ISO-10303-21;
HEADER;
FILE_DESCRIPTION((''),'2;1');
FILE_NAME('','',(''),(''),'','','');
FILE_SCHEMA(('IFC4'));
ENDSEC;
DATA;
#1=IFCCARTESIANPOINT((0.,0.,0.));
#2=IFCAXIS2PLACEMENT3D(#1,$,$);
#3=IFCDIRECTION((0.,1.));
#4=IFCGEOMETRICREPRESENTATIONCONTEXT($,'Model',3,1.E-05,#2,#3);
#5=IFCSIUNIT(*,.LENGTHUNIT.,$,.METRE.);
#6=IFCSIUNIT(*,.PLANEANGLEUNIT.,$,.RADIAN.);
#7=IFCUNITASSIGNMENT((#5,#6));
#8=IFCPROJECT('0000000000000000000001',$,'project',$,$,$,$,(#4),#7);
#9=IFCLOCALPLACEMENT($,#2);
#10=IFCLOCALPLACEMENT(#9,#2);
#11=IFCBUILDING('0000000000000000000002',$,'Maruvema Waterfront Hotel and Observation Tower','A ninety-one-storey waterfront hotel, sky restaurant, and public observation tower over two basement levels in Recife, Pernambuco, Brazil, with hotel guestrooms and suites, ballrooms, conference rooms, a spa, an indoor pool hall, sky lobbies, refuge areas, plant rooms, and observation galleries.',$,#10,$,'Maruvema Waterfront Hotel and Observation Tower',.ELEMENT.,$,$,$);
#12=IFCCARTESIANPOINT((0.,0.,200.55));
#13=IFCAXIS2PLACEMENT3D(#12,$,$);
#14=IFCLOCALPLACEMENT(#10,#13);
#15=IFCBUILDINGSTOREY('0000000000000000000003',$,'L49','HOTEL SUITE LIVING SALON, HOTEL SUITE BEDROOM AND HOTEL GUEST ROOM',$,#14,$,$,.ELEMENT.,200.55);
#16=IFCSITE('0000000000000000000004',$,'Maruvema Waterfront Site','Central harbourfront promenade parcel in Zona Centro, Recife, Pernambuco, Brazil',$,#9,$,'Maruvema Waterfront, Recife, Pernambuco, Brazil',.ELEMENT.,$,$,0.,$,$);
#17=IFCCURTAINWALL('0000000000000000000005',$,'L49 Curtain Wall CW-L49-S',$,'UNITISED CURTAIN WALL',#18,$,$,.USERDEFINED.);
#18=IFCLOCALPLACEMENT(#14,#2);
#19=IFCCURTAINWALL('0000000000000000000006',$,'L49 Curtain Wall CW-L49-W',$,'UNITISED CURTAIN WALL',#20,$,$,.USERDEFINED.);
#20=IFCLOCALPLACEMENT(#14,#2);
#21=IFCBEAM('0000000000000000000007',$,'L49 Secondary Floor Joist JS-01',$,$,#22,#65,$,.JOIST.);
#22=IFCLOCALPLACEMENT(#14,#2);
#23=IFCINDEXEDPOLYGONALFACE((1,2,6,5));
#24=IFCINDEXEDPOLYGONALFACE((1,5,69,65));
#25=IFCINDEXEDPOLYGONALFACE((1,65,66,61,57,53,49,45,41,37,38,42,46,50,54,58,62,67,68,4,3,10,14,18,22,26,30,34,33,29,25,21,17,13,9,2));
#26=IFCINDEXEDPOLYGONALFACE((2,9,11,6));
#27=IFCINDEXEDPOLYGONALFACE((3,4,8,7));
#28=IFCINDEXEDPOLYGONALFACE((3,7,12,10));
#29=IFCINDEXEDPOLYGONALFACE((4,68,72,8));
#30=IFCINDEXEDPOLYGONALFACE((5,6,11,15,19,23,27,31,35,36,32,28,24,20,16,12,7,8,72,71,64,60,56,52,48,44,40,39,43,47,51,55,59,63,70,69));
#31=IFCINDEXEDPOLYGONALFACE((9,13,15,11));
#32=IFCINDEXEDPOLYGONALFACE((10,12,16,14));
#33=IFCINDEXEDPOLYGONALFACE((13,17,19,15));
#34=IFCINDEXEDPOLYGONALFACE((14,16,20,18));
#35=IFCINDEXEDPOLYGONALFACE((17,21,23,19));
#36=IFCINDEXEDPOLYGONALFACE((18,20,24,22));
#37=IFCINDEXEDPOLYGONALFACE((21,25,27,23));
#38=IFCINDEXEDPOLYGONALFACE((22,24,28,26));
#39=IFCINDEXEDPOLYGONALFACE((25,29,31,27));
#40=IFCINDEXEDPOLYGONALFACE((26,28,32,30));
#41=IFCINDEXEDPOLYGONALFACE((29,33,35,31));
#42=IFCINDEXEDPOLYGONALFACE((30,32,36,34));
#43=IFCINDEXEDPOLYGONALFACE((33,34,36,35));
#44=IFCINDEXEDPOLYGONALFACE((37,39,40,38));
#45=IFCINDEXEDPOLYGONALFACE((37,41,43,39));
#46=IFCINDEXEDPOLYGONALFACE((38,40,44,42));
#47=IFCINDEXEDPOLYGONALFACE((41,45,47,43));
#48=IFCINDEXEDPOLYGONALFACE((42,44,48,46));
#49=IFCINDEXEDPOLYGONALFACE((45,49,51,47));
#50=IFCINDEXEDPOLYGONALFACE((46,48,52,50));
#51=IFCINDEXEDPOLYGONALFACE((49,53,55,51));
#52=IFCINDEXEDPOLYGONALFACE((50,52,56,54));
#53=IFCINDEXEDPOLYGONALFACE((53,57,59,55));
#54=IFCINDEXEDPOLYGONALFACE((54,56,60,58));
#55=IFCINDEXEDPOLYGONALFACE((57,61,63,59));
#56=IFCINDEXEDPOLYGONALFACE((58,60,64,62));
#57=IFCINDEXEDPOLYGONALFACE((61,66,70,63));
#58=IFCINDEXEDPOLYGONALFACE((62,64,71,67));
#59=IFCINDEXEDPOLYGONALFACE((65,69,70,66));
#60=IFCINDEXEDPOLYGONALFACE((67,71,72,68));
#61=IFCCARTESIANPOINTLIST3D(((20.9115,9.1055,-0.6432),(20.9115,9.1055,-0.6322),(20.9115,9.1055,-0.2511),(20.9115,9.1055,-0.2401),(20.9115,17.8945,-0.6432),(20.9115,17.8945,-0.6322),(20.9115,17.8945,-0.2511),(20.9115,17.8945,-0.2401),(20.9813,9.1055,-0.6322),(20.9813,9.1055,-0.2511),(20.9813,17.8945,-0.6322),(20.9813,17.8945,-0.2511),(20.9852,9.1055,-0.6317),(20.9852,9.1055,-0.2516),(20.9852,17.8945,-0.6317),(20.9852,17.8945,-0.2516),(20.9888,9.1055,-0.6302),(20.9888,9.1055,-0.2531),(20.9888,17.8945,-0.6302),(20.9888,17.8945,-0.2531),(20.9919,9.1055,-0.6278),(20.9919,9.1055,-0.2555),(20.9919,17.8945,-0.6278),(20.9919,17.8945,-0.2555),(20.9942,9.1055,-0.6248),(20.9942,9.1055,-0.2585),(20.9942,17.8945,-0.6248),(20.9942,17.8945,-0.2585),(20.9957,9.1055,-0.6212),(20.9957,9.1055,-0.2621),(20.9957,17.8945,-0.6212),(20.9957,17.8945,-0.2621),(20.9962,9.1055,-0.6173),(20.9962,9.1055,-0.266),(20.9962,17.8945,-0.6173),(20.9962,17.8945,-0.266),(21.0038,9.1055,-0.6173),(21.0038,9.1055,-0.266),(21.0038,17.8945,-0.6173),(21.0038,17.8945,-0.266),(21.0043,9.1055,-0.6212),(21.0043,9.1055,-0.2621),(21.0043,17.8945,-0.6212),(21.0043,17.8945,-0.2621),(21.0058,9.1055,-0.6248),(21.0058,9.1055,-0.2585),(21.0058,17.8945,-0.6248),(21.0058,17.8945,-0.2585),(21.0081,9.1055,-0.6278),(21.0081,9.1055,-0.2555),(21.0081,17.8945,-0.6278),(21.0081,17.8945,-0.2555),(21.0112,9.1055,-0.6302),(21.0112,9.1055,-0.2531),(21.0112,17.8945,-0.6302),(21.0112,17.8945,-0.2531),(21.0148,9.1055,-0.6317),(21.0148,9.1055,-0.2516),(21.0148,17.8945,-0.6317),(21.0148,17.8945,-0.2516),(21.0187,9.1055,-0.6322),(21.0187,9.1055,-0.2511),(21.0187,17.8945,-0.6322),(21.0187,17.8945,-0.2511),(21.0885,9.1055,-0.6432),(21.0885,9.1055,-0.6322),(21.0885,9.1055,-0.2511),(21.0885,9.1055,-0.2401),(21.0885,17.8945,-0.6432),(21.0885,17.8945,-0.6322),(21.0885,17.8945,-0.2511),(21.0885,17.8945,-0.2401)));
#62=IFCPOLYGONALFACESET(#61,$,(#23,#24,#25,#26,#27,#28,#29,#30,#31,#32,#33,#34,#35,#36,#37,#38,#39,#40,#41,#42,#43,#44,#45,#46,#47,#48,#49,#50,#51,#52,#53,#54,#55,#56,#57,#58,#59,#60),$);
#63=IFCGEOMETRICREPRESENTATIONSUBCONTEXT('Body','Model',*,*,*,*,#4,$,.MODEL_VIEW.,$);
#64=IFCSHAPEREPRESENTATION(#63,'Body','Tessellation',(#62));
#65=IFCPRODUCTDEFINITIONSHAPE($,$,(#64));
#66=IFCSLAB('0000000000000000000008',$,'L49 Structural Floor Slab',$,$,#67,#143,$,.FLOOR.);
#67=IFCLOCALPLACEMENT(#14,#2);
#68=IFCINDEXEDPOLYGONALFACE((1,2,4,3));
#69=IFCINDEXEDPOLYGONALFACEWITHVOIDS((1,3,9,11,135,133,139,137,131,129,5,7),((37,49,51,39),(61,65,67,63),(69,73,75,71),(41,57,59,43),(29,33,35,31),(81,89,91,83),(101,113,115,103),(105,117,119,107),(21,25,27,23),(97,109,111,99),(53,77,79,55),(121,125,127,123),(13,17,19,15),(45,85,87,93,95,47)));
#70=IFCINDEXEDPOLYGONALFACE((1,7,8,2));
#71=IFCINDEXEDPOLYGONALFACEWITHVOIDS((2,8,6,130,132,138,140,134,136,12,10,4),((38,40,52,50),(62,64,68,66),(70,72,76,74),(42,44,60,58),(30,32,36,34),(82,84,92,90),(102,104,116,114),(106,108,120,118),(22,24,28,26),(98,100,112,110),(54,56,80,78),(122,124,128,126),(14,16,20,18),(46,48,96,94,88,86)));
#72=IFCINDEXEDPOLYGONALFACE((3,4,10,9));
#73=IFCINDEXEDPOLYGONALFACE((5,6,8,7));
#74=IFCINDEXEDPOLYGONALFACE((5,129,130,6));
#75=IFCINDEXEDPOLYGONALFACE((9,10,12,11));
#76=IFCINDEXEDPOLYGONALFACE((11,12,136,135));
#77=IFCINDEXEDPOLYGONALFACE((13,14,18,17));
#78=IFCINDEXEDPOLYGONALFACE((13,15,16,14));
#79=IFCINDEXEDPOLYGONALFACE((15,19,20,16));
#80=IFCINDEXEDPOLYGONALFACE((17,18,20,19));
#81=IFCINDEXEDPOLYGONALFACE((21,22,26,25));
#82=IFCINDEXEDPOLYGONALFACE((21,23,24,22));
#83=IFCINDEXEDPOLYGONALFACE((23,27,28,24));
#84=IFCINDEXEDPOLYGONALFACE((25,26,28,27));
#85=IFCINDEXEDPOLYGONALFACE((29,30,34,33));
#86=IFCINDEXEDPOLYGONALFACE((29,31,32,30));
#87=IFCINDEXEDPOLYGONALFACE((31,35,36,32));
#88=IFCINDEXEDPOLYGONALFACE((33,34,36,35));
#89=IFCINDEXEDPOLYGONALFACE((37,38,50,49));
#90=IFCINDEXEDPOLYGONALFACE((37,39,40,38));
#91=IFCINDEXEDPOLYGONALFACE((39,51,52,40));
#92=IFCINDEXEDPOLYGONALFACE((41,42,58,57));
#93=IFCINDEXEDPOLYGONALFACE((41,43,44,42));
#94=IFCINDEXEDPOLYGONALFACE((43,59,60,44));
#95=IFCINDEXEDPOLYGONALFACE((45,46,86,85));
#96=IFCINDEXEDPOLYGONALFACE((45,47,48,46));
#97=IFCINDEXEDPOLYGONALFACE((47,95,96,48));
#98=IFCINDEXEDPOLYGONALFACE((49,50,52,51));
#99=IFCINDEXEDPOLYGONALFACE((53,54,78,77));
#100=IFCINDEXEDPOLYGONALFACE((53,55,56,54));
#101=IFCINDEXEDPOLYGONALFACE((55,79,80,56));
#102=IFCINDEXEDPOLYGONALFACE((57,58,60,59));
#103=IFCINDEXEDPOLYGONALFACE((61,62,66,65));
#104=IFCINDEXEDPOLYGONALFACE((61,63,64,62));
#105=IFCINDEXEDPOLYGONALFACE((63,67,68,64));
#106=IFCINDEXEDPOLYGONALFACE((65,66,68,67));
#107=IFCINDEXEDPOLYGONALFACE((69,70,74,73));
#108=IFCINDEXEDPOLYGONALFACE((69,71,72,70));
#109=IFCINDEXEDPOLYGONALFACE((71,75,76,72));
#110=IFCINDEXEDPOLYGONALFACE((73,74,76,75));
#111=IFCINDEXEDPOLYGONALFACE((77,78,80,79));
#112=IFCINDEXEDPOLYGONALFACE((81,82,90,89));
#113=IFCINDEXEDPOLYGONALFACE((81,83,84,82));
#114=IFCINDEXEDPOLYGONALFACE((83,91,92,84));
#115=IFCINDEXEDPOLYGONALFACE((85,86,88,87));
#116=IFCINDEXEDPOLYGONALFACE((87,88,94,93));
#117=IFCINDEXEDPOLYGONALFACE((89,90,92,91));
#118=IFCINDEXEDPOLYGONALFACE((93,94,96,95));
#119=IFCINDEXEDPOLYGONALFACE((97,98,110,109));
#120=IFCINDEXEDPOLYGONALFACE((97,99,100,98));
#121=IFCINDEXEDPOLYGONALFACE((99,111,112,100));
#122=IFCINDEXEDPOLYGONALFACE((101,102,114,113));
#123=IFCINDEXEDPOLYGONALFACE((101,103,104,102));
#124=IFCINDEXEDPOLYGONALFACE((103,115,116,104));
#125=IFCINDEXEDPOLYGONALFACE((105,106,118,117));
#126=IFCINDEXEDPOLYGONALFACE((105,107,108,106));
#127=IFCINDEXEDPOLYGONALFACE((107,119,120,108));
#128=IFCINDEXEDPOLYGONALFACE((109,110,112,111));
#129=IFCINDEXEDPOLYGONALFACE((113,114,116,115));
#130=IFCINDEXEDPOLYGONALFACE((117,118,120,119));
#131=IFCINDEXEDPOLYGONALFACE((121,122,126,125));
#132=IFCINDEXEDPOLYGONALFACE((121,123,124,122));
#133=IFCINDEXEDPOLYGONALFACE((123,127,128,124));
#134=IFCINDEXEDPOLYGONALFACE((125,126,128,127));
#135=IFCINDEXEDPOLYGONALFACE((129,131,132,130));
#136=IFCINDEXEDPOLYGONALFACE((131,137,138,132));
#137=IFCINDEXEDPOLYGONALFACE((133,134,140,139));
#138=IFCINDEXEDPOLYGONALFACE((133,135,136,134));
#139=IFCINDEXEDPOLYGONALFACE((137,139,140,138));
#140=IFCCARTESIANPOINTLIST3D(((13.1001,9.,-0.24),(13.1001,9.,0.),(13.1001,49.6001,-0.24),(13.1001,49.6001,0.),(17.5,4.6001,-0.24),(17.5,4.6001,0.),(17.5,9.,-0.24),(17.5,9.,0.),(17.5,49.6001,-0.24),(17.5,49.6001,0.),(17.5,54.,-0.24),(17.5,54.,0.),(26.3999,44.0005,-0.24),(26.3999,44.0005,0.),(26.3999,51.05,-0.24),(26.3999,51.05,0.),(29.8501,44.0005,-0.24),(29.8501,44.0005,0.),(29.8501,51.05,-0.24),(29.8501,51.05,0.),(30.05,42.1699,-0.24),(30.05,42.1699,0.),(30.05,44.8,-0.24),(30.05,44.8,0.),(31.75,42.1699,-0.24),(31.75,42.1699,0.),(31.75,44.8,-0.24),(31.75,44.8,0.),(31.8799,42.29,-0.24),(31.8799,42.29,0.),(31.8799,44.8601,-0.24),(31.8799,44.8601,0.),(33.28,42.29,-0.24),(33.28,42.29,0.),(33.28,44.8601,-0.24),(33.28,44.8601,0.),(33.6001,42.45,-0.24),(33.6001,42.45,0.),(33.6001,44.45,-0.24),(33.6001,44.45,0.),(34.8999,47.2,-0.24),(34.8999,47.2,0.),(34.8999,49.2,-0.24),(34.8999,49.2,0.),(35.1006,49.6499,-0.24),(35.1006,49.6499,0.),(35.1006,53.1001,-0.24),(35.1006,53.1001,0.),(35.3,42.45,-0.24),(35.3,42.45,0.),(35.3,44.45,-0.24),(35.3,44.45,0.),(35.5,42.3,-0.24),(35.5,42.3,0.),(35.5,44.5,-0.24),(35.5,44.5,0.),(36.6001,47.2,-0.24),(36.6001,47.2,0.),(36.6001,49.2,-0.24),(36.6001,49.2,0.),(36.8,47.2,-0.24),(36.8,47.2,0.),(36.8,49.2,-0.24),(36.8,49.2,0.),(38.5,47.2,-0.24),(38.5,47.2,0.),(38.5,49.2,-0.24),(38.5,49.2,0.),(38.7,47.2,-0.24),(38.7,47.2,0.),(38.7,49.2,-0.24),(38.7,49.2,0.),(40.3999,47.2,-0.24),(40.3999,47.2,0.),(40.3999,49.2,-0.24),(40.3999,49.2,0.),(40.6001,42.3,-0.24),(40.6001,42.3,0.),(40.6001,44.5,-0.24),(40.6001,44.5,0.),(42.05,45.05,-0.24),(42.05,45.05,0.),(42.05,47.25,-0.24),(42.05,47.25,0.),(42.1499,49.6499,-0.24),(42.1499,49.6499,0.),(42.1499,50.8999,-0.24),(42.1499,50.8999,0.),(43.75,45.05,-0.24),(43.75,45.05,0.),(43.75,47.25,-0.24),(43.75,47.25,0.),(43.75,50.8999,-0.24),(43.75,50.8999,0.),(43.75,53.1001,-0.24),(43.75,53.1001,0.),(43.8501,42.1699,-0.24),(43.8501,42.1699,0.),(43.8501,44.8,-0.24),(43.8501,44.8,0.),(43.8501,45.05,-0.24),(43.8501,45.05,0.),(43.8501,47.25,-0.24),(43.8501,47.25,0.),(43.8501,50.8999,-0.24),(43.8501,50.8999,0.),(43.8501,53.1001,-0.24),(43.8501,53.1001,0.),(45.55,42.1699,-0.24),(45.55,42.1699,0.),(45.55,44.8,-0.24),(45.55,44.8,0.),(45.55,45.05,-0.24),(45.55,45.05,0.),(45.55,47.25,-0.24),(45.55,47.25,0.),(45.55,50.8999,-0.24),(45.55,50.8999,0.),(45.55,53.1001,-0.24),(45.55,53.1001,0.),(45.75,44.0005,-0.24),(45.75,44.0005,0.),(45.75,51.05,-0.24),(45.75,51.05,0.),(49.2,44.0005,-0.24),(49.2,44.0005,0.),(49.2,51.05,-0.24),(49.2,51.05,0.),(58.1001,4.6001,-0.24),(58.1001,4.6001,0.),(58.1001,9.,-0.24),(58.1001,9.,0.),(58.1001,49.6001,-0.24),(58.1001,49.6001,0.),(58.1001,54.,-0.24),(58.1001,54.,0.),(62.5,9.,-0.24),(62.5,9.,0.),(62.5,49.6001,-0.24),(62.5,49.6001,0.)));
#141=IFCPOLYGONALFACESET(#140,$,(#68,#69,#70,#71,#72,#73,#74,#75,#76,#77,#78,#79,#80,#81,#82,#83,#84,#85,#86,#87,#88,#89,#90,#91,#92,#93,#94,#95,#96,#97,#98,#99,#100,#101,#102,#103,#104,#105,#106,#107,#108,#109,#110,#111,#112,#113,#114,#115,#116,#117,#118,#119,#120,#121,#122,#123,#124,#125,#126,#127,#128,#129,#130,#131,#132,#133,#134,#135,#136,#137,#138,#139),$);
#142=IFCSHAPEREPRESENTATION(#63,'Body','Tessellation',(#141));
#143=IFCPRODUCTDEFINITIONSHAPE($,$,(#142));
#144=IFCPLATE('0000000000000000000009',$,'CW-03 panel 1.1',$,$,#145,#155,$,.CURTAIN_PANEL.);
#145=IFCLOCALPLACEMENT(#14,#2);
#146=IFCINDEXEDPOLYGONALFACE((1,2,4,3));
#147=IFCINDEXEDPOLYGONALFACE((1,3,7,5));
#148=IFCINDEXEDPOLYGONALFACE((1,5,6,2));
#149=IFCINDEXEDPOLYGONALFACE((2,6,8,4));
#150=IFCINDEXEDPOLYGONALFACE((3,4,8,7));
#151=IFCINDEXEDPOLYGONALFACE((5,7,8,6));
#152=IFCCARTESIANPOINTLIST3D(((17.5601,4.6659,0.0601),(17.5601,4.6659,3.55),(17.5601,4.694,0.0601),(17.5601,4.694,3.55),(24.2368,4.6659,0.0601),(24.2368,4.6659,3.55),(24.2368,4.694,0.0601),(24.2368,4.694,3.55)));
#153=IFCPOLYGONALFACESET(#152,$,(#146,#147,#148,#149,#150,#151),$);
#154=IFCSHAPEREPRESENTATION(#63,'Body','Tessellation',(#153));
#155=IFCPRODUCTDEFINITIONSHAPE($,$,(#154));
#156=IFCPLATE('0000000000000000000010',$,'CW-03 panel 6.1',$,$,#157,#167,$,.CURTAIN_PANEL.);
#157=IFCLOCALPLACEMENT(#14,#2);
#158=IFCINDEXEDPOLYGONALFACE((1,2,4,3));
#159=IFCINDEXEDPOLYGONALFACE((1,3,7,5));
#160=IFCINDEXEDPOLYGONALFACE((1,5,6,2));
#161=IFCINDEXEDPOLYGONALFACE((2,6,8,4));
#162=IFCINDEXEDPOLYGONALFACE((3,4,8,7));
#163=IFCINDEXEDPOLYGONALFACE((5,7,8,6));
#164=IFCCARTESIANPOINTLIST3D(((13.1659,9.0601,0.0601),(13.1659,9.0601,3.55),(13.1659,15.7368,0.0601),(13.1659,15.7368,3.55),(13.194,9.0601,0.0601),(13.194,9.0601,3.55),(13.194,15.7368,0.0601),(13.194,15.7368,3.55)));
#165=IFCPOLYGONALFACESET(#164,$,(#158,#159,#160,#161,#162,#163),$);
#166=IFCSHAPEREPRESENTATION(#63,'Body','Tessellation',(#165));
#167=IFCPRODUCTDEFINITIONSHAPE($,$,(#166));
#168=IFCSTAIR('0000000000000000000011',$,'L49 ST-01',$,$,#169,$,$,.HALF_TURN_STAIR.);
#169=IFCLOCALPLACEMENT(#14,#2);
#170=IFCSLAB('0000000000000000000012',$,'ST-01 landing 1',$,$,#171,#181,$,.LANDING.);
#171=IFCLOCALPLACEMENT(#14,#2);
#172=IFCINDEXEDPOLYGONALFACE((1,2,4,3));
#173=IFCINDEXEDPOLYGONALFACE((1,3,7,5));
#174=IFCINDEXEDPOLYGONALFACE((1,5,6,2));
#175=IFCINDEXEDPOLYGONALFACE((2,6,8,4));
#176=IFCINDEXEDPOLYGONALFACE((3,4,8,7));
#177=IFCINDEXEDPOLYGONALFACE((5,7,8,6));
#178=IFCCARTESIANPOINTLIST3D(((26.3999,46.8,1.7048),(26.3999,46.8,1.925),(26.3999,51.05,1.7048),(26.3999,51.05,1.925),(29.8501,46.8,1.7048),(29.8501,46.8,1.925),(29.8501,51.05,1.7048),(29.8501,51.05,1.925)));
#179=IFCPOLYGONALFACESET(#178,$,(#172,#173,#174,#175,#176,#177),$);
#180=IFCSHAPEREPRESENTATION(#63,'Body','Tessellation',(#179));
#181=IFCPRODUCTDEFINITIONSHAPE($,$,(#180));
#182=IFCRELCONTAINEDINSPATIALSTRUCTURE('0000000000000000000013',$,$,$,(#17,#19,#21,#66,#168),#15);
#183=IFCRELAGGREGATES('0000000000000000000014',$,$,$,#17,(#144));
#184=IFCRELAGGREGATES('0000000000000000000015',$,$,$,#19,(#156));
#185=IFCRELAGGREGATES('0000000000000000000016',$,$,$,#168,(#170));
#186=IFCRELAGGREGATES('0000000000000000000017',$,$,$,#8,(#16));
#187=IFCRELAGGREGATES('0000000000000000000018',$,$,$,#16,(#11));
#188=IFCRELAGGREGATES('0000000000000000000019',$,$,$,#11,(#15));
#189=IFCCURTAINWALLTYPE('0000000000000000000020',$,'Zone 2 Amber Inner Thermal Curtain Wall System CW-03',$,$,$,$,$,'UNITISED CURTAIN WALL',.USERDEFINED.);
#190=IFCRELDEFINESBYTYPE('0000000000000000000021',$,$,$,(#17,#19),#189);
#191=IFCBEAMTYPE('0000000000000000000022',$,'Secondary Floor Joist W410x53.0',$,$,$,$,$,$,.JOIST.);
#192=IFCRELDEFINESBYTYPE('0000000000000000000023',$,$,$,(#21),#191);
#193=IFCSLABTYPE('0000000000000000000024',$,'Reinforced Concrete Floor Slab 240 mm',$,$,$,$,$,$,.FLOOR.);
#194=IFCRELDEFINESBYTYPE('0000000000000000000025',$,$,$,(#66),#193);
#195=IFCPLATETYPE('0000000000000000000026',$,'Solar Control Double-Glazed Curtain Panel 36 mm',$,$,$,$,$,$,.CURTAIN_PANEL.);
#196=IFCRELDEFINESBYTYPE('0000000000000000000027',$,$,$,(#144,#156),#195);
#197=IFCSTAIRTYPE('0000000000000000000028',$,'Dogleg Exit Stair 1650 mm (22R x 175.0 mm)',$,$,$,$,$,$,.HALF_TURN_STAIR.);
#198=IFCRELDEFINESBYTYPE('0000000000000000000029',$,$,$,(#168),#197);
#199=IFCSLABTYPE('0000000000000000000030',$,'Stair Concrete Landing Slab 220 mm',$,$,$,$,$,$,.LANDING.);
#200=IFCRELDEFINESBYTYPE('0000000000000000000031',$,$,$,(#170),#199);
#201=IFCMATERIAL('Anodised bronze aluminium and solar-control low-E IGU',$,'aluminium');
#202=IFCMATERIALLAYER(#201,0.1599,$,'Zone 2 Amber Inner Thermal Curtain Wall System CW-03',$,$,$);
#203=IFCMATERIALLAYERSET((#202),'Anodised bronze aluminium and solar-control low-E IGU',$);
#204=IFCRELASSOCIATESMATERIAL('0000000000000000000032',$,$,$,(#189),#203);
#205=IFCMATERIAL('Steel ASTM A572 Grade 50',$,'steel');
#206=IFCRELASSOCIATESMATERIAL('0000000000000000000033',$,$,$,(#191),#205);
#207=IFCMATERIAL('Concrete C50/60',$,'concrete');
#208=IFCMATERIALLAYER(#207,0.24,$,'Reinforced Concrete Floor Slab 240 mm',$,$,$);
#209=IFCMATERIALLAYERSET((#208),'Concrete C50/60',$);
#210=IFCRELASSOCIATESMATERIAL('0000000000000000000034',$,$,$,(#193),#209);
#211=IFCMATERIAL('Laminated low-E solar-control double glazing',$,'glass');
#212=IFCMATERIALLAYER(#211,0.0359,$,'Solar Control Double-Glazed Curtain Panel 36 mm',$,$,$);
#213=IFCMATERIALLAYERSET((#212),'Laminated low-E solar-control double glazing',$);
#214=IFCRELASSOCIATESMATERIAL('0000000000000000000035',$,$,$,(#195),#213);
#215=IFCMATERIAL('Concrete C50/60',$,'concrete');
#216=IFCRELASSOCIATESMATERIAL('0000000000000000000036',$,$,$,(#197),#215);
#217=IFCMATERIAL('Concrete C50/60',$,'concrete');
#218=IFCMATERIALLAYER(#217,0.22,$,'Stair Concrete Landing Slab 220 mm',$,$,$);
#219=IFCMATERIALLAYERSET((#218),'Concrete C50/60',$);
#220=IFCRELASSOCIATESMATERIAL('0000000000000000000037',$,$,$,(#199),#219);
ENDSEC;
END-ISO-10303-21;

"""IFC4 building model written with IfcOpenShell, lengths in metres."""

from ifc_helpers import new_model, si_unit, direction, frame, origin, origin_2d, place, context, subcontext, project, spatial, polyline, rectangle, i_section, outline, extrude, material, layer, layer_set, material_profile, profile_set, type_object, element, aggregate, save


model = new_model("IFC4")

# Units and contexts
model_context = context("Model", 3, precision=1e-05, world=origin(), true_north=direction((0.0, 1.0)))
body_context = subcontext(model_context, "Body", "Model", "MODEL_VIEW")
ifc_project = project(units=[si_unit("LENGTHUNIT", "METRE"), si_unit("PLANEANGLEUNIT", "RADIAN")], contexts=[model_context])

# Site, building, storey
site_placement = place(None, origin())
site = spatial("IfcSite", under=ifc_project, at=site_placement, Name="Maruvema Waterfront Site", Description="Central harbourfront promenade parcel in Zona Centro, Recife, Pernambuco, Brazil", LongName="Maruvema Waterfront, Recife, Pernambuco, Brazil", CompositionType="ELEMENT", RefElevation=0.0)
building_placement = place(site_placement, origin())
building = spatial("IfcBuilding", under=site, at=building_placement, Name="Maruvema Waterfront Hotel and Observation Tower", Description="A ninety-one-storey waterfront hotel, sky restaurant, and public observation tower over two basement levels in Recife, Pernambuco, Brazil, with hotel guestrooms and suites, ballrooms, conference rooms, a spa, an indoor pool hall, sky lobbies, refuge areas, plant rooms, and observation galleries.", LongName="Maruvema Waterfront Hotel and Observation Tower", CompositionType="ELEMENT")
storey_placement = place(building_placement, frame((0.0, 0.0, 200.55)))
storey = spatial("IfcBuildingStorey", under=building, at=storey_placement, Name="L49", Description="HOTEL SUITE LIVING SALON, HOTEL SUITE BEDROOM AND HOTEL GUEST ROOM", CompositionType="ELEMENT", Elevation=200.55)

# Curtain walls
ifc_material_1 = material(Name="Anodised bronze aluminium and solar-control low-E IGU", Category="aluminium")
ifc_layer_1 = layer(ifc_material_1, 0.1599, Name="Zone 2 Amber Inner Thermal Curtain Wall System CW-03")
ifc_layer_set_1 = layer_set([ifc_layer_1], Name="Anodised bronze aluminium and solar-control low-E IGU")
curtain_wall_type = type_object("IfcCurtainWallType", Name="Zone 2 Amber Inner Thermal Curtain Wall System CW-03", ElementType="UNITISED CURTAIN WALL", PredefinedType="USERDEFINED", material=ifc_layer_set_1)
curtain_wall_1_placement = place(storey_placement, origin())
curtain_wall_1 = element("IfcCurtainWall", 1, at=curtain_wall_1_placement, inside=storey, type_object=curtain_wall_type, Name="L49 Curtain Wall CW-L49-S", ObjectType="UNITISED CURTAIN WALL", PredefinedType="USERDEFINED")
curtain_wall_2_placement = place(storey_placement, origin())
curtain_wall_2 = element("IfcCurtainWall", 2, at=curtain_wall_2_placement, inside=storey, type_object=curtain_wall_type, Name="L49 Curtain Wall CW-L49-W", ObjectType="UNITISED CURTAIN WALL", PredefinedType="USERDEFINED")

# Beam
ifc_material_2 = material(Name="Steel ASTM A572 Grade 50", Category="steel")
ifc_material_profile_1 = material_profile(ifc_material_2, i_section(OverallWidth=0.177, OverallDepth=0.4031, WebThickness=0.0076, FlangeThickness=0.011, FilletRadius=0.0149, at=origin_2d()), Name="W410x53.0")
ifc_profile_set_1 = profile_set([ifc_material_profile_1], Name="Steel ASTM A572 Grade 50")
beam_type_1 = type_object("IfcBeamType", Name="Secondary Floor Joist W410x53.0", PredefinedType="JOIST", material=ifc_profile_set_1)
beam_1_placement = place(storey_placement, frame((21.0, 9.1055, -0.4417), z_axis=(0.0, 1.0, 0.0), x_axis=(-1.0, 0.0, 0.0)))
element("IfcBeam", 3, at=beam_1_placement, inside=storey, type_object=beam_type_1, Name="L49 Secondary Floor Joist JS-01", PredefinedType="JOIST", context=body_context, shape_type="SweptSolid", body=[
    extrude(i_section(OverallWidth=0.177, OverallDepth=0.4031, WebThickness=0.0076, FlangeThickness=0.011, FilletRadius=0.0149, at=origin_2d()), origin(), (0.0, 0.0, 1.0), 8.7891),
])

# Slab
ifc_material_3 = material(Name="Concrete C50/60", Category="concrete")
ifc_layer_2 = layer(ifc_material_3, 0.24, Name="Reinforced Concrete Floor Slab 240 mm")
ifc_layer_set_2 = layer_set([ifc_layer_2], Name="Concrete C50/60")
slab_type_1 = type_object("IfcSlabType", Name="Reinforced Concrete Floor Slab 240 mm", PredefinedType="FLOOR", material=ifc_layer_set_2)
slab_1_placement = place(storey_placement, frame((0.0, 0.0, -0.24)))
element("IfcSlab", 4, at=slab_1_placement, inside=storey, type_object=slab_type_1, Name="L49 Structural Floor Slab", PredefinedType="FLOOR", context=body_context, shape_type="SweptSolid", body=[
    extrude(outline(polyline([(17.5, 4.6001), (58.1001, 4.6001), (58.1001, 9.0), (62.5, 9.0), (62.5, 49.6001), (58.1001, 49.6001), (58.1001, 54.0), (17.5, 54.0), (17.5, 49.6001), (13.1001, 49.6001), (13.1001, 9.0), (17.5, 9.0), (17.5, 4.6001)]), holes=[polyline([(26.3999, 44.0005), (26.3999, 51.05), (29.8501, 51.05), (29.8501, 44.0005), (26.3999, 44.0005)]), polyline([(30.05, 44.8), (31.75, 44.8), (31.75, 42.1699), (30.05, 42.1699), (30.05, 44.8)]), polyline([(31.8799, 44.8601), (33.28, 44.8601), (33.28, 42.29), (31.8799, 42.29), (31.8799, 44.8601)]), polyline([(33.6001, 44.45), (35.3, 44.45), (35.3, 42.45), (33.6001, 42.45), (33.6001, 44.45)]), polyline([(34.8999, 49.2), (36.6001, 49.2), (36.6001, 47.2), (34.8999, 47.2), (34.8999, 49.2)]), polyline([(36.8, 49.2), (38.5, 49.2), (38.5, 47.2), (36.8, 47.2), (36.8, 49.2)]), polyline([(35.5, 42.3), (35.5, 44.5), (40.6001, 44.5), (40.6001, 42.3), (35.5, 42.3)]), polyline([(35.1006, 53.1001), (43.75, 53.1001), (43.75, 50.8999), (42.1499, 50.8999), (42.1499, 49.6499), (35.1006, 49.6499), (35.1006, 53.1001)]), polyline([(38.7, 49.2), (40.3999, 49.2), (40.3999, 47.2), (38.7, 47.2), (38.7, 49.2)]), polyline([(42.05, 47.25), (43.75, 47.25), (43.75, 45.05), (42.05, 45.05), (42.05, 47.25)]), polyline([(43.8501, 44.8), (45.55, 44.8), (45.55, 42.1699), (43.8501, 42.1699), (43.8501, 44.8)]), polyline([(43.8501, 47.25), (45.55, 47.25), (45.55, 45.05), (43.8501, 45.05), (43.8501, 47.25)]), polyline([(45.55, 53.1001), (45.55, 50.8999), (43.8501, 50.8999), (43.8501, 53.1001), (45.55, 53.1001)]), polyline([(45.75, 44.0005), (45.75, 51.05), (49.2, 51.05), (49.2, 44.0005), (45.75, 44.0005)])]), origin(), (0.0, 0.0, 1.0), 0.24),
])

# Plates
ifc_material_4 = material(Name="Laminated low-E solar-control double glazing", Category="glass")
ifc_layer_3 = layer(ifc_material_4, 0.0359, Name="Solar Control Double-Glazed Curtain Panel 36 mm")
ifc_layer_set_3 = layer_set([ifc_layer_3], Name="Laminated low-E solar-control double glazing")
plate_type = type_object("IfcPlateType", Name="Solar Control Double-Glazed Curtain Panel 36 mm", PredefinedType="CURTAIN_PANEL", material=ifc_layer_set_3)
plate_1_placement = place(storey_placement, frame((20.8984, 4.6799, 0.0601), z_axis=(0.0, 0.0, 1.0), x_axis=(1.0, 0.0, 0.0)))
plate_1 = element("IfcPlate", 5, at=plate_1_placement, type_object=plate_type, Name="CW-03 panel 1.1", PredefinedType="CURTAIN_PANEL", context=body_context, shape_type="SweptSolid", body=[
    extrude(rectangle(XDim=6.6768, YDim=0.0281, at=origin_2d()), origin(), (0.0, 0.0, 1.0), 3.49),
])
aggregate(curtain_wall_1, [plate_1])
plate_2_placement = place(storey_placement, frame((13.1799, 12.3984, 0.0601), z_axis=(0.0, 0.0, 1.0), x_axis=(0.0, -1.0, 0.0)))
plate_2 = element("IfcPlate", 6, at=plate_2_placement, type_object=plate_type, Name="CW-03 panel 6.1", PredefinedType="CURTAIN_PANEL", context=body_context, shape_type="SweptSolid", body=[
    extrude(rectangle(XDim=6.6768, YDim=0.0281, at=origin_2d()), origin(), (0.0, 0.0, 1.0), 3.49),
])
aggregate(curtain_wall_2, [plate_2])

# Stair, slab
ifc_material_5 = material(Name="Concrete C50/60", Category="concrete")
stair_type = type_object("IfcStairType", Name="Dogleg Exit Stair 1650 mm (22R x 175.0 mm)", PredefinedType="HALF_TURN_STAIR", material=ifc_material_5)
stair_1_placement = place(storey_placement, origin())
stair_1 = element("IfcStair", 7, at=stair_1_placement, inside=storey, type_object=stair_type, Name="L49 ST-01", PredefinedType="HALF_TURN_STAIR")
ifc_material_6 = material(Name="Concrete C50/60", Category="concrete")
ifc_layer_4 = layer(ifc_material_6, 0.22, Name="Stair Concrete Landing Slab 220 mm")
ifc_layer_set_4 = layer_set([ifc_layer_4], Name="Concrete C50/60")
slab_type_2 = type_object("IfcSlabType", Name="Stair Concrete Landing Slab 220 mm", PredefinedType="LANDING", material=ifc_layer_set_4)
slab_2_placement = place(storey_placement, frame((0.0, 0.0, 1.7048)))
slab_2 = element("IfcSlab", 8, at=slab_2_placement, type_object=slab_type_2, Name="ST-01 landing 1", PredefinedType="LANDING", context=body_context, shape_type="SweptSolid", body=[
    extrude(outline(polyline([(29.8501, 46.8), (29.8501, 51.05), (26.3999, 51.05), (26.3999, 46.8), (29.8501, 46.8)])), origin(), (0.0, 0.0, 1.0), 0.2202),
])
aggregate(stair_1, [slab_2])

save(model, "model.ifc")
